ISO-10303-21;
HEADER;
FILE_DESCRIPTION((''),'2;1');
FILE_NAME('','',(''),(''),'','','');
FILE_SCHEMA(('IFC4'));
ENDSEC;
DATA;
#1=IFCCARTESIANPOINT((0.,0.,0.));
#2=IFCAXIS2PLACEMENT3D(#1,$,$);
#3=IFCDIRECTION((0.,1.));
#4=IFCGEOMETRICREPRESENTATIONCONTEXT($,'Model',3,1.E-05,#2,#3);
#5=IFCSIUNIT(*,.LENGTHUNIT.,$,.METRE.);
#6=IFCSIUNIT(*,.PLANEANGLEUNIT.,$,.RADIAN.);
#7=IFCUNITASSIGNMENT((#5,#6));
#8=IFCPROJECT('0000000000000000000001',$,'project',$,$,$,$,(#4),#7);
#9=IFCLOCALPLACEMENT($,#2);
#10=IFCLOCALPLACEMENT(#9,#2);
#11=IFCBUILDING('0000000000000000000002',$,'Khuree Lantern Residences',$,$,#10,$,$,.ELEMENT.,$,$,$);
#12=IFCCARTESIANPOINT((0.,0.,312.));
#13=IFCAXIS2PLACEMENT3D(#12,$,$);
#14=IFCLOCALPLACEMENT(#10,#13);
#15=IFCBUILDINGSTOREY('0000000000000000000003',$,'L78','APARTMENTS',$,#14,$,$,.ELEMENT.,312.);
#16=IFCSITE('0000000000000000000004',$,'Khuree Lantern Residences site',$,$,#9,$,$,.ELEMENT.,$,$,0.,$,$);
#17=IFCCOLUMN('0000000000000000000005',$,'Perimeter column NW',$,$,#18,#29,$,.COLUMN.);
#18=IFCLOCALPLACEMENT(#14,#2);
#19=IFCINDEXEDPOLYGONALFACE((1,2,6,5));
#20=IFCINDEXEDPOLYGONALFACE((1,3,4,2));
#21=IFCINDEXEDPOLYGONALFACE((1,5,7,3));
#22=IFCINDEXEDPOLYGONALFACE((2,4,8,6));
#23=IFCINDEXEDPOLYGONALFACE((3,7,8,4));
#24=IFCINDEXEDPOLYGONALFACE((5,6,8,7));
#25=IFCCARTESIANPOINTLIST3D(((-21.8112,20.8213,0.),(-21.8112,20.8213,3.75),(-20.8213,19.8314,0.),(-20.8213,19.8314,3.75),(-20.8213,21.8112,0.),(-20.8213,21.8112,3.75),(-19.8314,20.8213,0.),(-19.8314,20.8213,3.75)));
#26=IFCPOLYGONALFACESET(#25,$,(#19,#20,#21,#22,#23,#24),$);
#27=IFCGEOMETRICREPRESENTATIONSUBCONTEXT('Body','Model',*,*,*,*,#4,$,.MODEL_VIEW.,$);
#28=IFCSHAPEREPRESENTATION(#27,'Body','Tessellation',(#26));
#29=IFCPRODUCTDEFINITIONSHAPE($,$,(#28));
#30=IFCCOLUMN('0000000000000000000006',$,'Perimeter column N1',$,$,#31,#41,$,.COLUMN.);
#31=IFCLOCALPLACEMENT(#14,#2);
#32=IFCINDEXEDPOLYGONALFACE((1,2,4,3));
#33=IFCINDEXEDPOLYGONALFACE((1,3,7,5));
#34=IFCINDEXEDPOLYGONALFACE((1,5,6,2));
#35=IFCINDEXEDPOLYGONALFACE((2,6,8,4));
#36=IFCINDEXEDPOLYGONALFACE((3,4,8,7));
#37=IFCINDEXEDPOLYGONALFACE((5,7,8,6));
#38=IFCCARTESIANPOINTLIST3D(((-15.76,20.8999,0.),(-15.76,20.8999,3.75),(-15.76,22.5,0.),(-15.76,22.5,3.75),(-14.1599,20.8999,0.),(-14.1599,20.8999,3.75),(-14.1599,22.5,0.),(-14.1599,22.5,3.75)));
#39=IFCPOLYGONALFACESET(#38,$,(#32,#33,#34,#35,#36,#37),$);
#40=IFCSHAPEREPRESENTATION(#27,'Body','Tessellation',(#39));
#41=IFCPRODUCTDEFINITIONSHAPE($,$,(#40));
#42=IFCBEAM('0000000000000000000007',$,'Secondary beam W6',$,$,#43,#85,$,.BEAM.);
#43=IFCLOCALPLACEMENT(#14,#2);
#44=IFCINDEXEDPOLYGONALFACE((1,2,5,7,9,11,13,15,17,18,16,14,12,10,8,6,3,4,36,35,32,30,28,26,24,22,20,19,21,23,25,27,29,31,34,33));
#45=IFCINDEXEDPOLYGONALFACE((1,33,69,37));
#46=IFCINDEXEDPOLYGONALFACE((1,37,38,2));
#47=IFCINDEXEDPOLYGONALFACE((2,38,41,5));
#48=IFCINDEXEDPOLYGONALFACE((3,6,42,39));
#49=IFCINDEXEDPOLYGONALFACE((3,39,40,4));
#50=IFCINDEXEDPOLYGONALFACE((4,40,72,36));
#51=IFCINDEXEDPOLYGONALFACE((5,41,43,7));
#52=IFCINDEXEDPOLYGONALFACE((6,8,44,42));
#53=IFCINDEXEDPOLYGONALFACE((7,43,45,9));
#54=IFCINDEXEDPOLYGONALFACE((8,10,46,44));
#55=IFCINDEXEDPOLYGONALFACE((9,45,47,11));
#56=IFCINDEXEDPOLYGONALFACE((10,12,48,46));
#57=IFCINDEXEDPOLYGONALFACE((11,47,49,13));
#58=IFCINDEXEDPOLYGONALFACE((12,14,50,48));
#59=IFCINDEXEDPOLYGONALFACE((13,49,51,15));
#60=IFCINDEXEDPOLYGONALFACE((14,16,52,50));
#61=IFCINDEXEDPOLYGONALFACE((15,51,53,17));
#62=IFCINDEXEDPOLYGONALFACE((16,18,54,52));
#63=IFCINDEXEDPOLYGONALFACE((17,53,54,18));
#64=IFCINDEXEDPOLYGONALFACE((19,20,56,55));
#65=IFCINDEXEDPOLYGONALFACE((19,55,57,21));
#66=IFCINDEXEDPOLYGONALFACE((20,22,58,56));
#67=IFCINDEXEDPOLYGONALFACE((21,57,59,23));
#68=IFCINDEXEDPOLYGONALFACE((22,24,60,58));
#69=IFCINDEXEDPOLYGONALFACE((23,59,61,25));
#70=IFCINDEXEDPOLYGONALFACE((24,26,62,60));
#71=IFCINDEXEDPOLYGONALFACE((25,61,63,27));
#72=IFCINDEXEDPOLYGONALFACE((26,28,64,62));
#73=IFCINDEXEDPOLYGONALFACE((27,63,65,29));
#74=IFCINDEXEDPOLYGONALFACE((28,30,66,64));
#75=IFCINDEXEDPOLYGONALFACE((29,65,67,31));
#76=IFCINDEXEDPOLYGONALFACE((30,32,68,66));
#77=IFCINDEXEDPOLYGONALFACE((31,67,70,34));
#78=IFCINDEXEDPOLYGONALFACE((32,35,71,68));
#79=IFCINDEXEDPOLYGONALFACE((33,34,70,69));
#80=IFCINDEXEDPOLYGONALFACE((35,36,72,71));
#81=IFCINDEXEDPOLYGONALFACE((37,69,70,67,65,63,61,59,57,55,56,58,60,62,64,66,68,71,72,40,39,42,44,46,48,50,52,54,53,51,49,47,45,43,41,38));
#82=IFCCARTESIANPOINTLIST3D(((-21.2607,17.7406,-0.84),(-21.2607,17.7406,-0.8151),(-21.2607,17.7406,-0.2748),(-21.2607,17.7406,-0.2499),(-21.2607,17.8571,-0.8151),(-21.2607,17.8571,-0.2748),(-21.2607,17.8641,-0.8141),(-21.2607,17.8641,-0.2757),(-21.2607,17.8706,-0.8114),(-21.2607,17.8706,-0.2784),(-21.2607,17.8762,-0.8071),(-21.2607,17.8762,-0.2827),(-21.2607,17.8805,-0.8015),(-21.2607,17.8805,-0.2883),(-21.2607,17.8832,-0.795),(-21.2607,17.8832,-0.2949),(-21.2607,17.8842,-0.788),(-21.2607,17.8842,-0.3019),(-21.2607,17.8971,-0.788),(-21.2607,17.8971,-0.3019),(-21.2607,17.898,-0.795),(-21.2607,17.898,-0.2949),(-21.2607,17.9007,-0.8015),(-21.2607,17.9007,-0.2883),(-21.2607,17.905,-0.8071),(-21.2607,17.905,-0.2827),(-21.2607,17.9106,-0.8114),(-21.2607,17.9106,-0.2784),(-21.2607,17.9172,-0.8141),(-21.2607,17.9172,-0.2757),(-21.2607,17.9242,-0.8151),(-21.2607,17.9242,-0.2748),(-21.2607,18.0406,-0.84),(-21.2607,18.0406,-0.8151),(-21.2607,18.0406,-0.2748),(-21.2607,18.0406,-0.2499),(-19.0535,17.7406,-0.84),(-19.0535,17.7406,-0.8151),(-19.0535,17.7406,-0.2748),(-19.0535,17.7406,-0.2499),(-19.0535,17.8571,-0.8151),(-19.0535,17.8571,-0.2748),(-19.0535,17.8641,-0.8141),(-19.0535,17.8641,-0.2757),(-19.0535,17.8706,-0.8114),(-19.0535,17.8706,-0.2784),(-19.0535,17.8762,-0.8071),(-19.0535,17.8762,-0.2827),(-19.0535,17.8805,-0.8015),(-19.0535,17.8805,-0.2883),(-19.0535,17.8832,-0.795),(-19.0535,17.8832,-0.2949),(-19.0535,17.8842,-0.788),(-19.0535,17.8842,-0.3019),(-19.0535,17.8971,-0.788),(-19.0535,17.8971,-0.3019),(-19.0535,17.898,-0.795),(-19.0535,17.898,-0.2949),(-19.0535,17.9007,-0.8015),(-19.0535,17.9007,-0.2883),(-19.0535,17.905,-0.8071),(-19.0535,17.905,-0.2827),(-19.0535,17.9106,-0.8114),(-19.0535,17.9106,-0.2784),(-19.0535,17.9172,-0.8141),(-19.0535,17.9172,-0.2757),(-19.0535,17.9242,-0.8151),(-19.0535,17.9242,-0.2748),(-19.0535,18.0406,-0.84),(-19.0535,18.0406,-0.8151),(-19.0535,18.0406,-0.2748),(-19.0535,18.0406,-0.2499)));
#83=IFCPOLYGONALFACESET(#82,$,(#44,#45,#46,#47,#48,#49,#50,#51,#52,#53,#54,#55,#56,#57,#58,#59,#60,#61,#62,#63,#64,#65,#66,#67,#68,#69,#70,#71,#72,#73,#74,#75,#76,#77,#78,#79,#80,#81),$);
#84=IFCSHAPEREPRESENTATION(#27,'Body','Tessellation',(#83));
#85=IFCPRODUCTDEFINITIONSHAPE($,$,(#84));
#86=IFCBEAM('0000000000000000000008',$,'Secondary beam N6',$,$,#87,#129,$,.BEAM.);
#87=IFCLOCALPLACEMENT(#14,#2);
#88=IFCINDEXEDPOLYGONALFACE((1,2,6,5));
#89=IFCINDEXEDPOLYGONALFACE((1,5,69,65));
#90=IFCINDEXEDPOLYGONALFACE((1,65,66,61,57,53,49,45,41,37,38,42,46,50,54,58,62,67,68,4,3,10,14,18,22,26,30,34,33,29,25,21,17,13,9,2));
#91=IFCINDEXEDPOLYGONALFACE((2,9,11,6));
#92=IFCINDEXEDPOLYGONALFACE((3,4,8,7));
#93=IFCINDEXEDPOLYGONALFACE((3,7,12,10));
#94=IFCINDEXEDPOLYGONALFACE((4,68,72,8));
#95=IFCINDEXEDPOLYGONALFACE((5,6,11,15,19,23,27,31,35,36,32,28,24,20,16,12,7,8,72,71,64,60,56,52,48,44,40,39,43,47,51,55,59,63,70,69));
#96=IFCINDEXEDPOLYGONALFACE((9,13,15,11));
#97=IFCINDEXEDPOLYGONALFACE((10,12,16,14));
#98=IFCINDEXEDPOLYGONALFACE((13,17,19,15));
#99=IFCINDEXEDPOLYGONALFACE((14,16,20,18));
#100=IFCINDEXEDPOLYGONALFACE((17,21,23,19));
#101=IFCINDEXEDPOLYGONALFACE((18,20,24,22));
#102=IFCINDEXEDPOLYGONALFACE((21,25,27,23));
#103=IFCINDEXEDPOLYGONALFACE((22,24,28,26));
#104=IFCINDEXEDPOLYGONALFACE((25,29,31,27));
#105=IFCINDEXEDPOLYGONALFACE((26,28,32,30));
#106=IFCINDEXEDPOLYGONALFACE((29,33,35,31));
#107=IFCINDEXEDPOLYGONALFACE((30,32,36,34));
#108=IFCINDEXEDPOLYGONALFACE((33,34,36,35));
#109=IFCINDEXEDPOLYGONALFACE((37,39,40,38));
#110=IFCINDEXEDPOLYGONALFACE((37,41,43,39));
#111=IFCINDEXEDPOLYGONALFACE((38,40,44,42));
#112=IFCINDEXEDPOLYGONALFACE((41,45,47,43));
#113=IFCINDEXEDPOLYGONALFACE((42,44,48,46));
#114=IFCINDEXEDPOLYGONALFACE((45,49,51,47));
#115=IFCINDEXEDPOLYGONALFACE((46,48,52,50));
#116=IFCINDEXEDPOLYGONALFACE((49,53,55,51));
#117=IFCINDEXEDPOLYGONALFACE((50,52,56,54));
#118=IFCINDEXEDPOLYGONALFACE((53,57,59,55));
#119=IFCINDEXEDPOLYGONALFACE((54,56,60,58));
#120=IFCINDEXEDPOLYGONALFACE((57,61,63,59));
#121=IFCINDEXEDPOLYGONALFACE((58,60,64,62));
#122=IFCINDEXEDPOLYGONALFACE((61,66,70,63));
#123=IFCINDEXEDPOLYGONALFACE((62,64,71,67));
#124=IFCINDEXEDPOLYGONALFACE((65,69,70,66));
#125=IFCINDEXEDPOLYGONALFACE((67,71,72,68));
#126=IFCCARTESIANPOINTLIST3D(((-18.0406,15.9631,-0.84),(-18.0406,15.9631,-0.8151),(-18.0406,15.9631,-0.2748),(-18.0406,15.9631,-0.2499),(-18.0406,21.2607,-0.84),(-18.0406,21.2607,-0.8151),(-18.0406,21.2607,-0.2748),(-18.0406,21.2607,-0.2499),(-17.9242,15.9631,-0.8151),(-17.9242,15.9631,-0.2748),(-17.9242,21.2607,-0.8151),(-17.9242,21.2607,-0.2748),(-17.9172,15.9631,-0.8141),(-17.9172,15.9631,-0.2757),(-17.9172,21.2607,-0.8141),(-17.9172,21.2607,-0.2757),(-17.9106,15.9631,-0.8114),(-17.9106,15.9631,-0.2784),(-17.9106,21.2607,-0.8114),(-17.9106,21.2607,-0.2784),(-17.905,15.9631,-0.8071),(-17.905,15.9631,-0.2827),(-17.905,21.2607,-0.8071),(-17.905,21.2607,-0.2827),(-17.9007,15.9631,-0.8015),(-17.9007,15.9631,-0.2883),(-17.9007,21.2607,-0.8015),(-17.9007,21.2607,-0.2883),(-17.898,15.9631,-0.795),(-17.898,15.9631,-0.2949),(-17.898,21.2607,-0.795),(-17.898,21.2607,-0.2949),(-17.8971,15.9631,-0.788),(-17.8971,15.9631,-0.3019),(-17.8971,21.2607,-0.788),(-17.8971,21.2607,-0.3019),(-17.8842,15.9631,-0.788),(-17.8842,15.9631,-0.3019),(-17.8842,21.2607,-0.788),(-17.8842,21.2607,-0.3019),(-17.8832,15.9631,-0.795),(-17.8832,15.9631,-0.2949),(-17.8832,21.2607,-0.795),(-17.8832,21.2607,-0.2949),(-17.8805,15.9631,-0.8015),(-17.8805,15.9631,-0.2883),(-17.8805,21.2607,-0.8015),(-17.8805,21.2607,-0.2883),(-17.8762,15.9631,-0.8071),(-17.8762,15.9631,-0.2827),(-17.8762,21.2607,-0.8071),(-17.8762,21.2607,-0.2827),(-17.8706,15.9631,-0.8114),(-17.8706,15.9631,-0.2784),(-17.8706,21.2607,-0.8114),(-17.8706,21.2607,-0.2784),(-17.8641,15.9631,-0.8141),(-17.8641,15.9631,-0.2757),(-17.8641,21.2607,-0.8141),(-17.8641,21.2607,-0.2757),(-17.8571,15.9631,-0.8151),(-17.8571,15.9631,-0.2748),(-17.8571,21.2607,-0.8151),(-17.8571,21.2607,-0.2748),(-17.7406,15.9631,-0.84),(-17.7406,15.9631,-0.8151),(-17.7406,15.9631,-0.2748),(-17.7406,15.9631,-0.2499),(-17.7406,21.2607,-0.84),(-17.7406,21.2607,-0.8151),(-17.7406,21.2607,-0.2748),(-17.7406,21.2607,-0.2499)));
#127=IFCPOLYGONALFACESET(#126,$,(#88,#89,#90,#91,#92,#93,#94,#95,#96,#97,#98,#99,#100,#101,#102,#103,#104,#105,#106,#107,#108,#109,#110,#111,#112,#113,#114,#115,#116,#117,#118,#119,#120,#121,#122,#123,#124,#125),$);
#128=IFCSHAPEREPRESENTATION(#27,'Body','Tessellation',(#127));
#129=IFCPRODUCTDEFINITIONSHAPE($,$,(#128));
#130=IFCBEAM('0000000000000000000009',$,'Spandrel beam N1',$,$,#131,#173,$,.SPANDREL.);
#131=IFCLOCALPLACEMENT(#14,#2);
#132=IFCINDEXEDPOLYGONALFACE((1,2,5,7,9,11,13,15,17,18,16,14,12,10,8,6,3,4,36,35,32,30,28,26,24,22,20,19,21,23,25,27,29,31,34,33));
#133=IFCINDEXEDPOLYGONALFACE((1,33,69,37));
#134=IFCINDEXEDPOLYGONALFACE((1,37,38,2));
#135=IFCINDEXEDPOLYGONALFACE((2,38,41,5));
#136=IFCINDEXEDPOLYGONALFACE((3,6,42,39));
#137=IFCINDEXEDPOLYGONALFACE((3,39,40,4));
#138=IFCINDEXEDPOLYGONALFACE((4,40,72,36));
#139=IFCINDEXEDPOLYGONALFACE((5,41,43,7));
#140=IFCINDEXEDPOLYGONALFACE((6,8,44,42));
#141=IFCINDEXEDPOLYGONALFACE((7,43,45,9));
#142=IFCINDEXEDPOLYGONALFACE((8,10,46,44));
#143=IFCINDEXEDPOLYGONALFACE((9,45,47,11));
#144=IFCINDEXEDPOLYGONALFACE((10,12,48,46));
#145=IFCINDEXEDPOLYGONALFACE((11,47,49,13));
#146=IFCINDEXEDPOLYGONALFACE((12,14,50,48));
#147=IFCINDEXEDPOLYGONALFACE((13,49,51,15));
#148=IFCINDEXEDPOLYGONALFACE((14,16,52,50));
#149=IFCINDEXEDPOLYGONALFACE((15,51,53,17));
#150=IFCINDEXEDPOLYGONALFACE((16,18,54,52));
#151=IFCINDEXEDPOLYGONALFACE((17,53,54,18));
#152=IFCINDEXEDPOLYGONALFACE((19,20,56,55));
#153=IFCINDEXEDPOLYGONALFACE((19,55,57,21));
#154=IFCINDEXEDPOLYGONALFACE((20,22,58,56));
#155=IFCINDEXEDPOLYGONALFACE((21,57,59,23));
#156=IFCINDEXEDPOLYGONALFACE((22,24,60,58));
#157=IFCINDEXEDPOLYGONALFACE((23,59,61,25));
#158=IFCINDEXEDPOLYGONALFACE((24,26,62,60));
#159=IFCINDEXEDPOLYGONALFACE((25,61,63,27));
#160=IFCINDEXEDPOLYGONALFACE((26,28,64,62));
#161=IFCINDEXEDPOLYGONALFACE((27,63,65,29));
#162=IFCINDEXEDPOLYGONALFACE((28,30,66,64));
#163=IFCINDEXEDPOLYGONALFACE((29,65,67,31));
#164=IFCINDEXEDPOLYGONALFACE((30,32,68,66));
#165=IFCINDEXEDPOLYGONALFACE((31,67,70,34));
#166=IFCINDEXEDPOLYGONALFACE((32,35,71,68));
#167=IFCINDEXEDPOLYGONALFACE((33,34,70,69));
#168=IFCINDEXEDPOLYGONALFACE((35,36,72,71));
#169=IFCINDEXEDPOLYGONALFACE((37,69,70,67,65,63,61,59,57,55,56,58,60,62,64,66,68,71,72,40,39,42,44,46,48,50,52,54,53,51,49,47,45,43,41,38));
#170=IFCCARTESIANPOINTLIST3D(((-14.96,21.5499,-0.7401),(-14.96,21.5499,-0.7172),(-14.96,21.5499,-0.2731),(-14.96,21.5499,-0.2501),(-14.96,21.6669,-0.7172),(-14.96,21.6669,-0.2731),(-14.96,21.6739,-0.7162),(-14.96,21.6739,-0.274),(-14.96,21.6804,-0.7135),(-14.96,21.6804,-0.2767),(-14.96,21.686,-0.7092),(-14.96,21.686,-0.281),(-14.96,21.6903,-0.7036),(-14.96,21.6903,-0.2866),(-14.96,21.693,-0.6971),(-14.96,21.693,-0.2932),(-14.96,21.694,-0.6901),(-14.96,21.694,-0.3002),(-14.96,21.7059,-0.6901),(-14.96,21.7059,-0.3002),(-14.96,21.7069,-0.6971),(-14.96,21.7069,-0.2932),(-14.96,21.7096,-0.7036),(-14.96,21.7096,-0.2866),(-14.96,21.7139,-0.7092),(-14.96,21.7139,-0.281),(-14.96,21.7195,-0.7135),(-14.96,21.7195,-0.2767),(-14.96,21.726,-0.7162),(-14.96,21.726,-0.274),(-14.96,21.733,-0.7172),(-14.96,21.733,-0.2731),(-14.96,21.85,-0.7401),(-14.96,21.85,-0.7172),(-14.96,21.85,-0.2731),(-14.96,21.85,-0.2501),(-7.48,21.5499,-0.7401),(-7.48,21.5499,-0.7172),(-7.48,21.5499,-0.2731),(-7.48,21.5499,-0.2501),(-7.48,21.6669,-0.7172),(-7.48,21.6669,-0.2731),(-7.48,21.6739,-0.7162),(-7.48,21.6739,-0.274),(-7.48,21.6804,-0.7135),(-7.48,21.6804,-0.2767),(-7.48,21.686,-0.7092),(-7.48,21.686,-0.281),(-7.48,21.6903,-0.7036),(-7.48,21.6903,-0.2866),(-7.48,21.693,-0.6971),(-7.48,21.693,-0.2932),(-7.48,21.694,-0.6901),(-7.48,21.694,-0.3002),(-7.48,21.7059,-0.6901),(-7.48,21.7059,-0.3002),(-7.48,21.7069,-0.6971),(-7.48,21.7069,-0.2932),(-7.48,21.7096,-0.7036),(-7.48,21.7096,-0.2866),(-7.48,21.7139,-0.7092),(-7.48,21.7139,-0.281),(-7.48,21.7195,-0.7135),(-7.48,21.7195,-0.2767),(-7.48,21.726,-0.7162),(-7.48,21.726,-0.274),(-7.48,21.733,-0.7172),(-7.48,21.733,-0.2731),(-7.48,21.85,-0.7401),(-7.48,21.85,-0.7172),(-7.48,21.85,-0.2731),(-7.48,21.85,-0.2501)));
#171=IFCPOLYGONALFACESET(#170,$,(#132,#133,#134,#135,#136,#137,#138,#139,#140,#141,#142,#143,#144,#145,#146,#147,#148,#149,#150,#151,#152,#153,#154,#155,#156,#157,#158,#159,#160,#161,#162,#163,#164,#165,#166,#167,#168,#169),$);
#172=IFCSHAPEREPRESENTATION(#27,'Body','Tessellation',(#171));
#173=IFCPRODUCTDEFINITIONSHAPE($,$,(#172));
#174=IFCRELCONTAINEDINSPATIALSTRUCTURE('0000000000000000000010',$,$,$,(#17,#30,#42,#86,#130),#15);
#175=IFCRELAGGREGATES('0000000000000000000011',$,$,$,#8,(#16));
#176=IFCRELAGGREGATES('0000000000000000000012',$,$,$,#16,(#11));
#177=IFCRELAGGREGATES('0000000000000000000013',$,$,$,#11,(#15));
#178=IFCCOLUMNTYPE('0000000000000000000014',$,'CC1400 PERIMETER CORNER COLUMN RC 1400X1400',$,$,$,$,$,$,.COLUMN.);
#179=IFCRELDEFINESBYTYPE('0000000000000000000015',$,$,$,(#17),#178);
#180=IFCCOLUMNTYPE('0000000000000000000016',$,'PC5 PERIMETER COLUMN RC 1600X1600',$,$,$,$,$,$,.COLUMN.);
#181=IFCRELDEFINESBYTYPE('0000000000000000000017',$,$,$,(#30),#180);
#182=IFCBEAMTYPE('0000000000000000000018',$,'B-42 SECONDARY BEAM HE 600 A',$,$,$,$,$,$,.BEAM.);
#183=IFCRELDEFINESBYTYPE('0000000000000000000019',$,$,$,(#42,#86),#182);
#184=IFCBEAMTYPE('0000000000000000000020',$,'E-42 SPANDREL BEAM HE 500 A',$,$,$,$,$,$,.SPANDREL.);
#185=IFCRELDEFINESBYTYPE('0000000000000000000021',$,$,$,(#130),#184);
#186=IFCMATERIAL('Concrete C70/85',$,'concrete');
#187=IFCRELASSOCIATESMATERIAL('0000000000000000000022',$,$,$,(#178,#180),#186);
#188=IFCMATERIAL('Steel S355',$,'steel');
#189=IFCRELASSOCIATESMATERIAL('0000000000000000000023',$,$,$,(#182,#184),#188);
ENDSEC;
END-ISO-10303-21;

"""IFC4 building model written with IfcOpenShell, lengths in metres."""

from ifc_helpers import new_model, si_unit, direction, frame, origin, origin_2d, place, context, subcontext, project, spatial, rectangle, i_section, extrude, material, material_profile, profile_set, type_object, element, save


model = new_model("IFC4")

# Units and contexts
model_context = context("Model", 3, precision=1e-05, world=origin(), true_north=direction((0.0, 1.0)))
body_context = subcontext(model_context, "Body", "Model", "MODEL_VIEW")
ifc_project = project(units=[si_unit("LENGTHUNIT", "METRE"), si_unit("PLANEANGLEUNIT", "RADIAN")], contexts=[model_context])

# Site, building, storey
site_placement = place(None, origin())
site = spatial("IfcSite", under=ifc_project, at=site_placement, Name="Khuree Lantern Residences site", CompositionType="ELEMENT", RefElevation=0.0)
building_placement = place(site_placement, origin())
building = spatial("IfcBuilding", under=site, at=building_placement, Name="Khuree Lantern Residences", CompositionType="ELEMENT")
storey_placement = place(building_placement, frame((0.0, 0.0, 312.0)))
storey = spatial("IfcBuildingStorey", under=building, at=storey_placement, Name="L78", Description="APARTMENTS", CompositionType="ELEMENT", Elevation=312.0)

# Columns
ifc_material_1 = material(Name="Concrete C70/85", Category="concrete")
ifc_material_profile_1 = material_profile(ifc_material_1, rectangle(XDim=1.3999, YDim=1.3999, at=origin_2d()), Name="RC 1400X1400")
ifc_profile_set_1 = profile_set([ifc_material_profile_1], Name="Concrete C70/85")
column_type_1 = type_object("IfcColumnType", Name="CC1400 PERIMETER CORNER COLUMN RC 1400X1400", PredefinedType="COLUMN", material=ifc_profile_set_1)
column_1_placement = place(storey_placement, frame((-20.8213, 20.8213, 0.0), z_axis=(0.0, 0.0, 1.0), x_axis=(0.707107, 0.707107, 0.0)))
element("IfcColumn", 1, at=column_1_placement, inside=storey, type_object=column_type_1, Name="Perimeter column NW", PredefinedType="COLUMN", context=body_context, shape_type="SweptSolid", body=[
    extrude(rectangle(XDim=1.3999, YDim=1.3999, at=origin_2d()), origin(), (0.0, 0.0, 1.0), 3.75),
])
ifc_material_profile_2 = material_profile(ifc_material_1, rectangle(XDim=1.6001, YDim=1.6001, at=origin_2d()), Name="RC 1600X1600")
ifc_profile_set_2 = profile_set([ifc_material_profile_2], Name="Concrete C70/85")
column_type_2 = type_object("IfcColumnType", Name="PC5 PERIMETER COLUMN RC 1600X1600", PredefinedType="COLUMN", material=ifc_profile_set_2)
column_2_placement = place(storey_placement, frame((-14.96, 21.7, 0.0), z_axis=(0.0, 0.0, 1.0), x_axis=(1.0, 0.0, 0.0)))
element("IfcColumn", 2, at=column_2_placement, inside=storey, type_object=column_type_2, Name="Perimeter column N1", PredefinedType="COLUMN", context=body_context, shape_type="SweptSolid", body=[
    extrude(rectangle(XDim=1.6001, YDim=1.6001, at=origin_2d()), origin(), (0.0, 0.0, 1.0), 3.75),
])

# Beams
ifc_material_2 = material(Name="Steel S355", Category="steel")
ifc_material_profile_3 = material_profile(ifc_material_2, i_section(OverallWidth=0.3, OverallDepth=0.5901, WebThickness=0.0129, FlangeThickness=0.0249, FilletRadius=0.0271, at=origin_2d()), Name="HE 600 A")
ifc_profile_set_3 = profile_set([ifc_material_profile_3], Name="Steel S355")
beam_type_1 = type_object("IfcBeamType", Name="B-42 SECONDARY BEAM HE 600 A", PredefinedType="BEAM", material=ifc_profile_set_3)
beam_1_placement = place(storey_placement, frame((-21.2607, 17.8906, -0.5449), z_axis=(1.0, 0.0, 0.0), x_axis=(0.0, 1.0, 0.0)))
element("IfcBeam", 3, at=beam_1_placement, inside=storey, type_object=beam_type_1, Name="Secondary beam W6", PredefinedType="BEAM", context=body_context, shape_type="SweptSolid", body=[
    extrude(i_section(OverallWidth=0.3, OverallDepth=0.5901, WebThickness=0.0129, FlangeThickness=0.0249, FilletRadius=0.0271, at=origin_2d()), origin(), (0.0, 0.0, 1.0), 2.2073),
])
beam_2_placement = place(storey_placement, frame((-17.8906, 21.2607, -0.5449), z_axis=(0.0, -1.0, 0.0), x_axis=(1.0, 0.0, 0.0)))
element("IfcBeam", 4, at=beam_2_placement, inside=storey, type_object=beam_type_1, Name="Secondary beam N6", PredefinedType="BEAM", context=body_context, shape_type="SweptSolid", body=[
    extrude(i_section(OverallWidth=0.3, OverallDepth=0.5901, WebThickness=0.0129, FlangeThickness=0.0249, FilletRadius=0.0271, at=origin_2d()), origin(), (0.0, 0.0, 1.0), 5.2976),
])
ifc_material_profile_4 = material_profile(ifc_material_2, i_section(OverallWidth=0.3, OverallDepth=0.49, WebThickness=0.012, FlangeThickness=0.0229, FilletRadius=0.0271, at=origin_2d()), Name="HE 500 A")
ifc_profile_set_4 = profile_set([ifc_material_profile_4], Name="Steel S355")
beam_type_2 = type_object("IfcBeamType", Name="E-42 SPANDREL BEAM HE 500 A", PredefinedType="SPANDREL", material=ifc_profile_set_4)
beam_3_placement = place(storey_placement, frame((-14.96, 21.7, -0.4951), z_axis=(1.0, 0.0, 0.0), x_axis=(0.0, 1.0, 0.0)))
element("IfcBeam", 5, at=beam_3_placement, inside=storey, type_object=beam_type_2, Name="Spandrel beam N1", PredefinedType="SPANDREL", context=body_context, shape_type="SweptSolid", body=[
    extrude(i_section(OverallWidth=0.3, OverallDepth=0.49, WebThickness=0.012, FlangeThickness=0.0229, FilletRadius=0.0271, at=origin_2d()), origin(), (0.0, 0.0, 1.0), 7.48),
])

save(model, "model.ifc")
